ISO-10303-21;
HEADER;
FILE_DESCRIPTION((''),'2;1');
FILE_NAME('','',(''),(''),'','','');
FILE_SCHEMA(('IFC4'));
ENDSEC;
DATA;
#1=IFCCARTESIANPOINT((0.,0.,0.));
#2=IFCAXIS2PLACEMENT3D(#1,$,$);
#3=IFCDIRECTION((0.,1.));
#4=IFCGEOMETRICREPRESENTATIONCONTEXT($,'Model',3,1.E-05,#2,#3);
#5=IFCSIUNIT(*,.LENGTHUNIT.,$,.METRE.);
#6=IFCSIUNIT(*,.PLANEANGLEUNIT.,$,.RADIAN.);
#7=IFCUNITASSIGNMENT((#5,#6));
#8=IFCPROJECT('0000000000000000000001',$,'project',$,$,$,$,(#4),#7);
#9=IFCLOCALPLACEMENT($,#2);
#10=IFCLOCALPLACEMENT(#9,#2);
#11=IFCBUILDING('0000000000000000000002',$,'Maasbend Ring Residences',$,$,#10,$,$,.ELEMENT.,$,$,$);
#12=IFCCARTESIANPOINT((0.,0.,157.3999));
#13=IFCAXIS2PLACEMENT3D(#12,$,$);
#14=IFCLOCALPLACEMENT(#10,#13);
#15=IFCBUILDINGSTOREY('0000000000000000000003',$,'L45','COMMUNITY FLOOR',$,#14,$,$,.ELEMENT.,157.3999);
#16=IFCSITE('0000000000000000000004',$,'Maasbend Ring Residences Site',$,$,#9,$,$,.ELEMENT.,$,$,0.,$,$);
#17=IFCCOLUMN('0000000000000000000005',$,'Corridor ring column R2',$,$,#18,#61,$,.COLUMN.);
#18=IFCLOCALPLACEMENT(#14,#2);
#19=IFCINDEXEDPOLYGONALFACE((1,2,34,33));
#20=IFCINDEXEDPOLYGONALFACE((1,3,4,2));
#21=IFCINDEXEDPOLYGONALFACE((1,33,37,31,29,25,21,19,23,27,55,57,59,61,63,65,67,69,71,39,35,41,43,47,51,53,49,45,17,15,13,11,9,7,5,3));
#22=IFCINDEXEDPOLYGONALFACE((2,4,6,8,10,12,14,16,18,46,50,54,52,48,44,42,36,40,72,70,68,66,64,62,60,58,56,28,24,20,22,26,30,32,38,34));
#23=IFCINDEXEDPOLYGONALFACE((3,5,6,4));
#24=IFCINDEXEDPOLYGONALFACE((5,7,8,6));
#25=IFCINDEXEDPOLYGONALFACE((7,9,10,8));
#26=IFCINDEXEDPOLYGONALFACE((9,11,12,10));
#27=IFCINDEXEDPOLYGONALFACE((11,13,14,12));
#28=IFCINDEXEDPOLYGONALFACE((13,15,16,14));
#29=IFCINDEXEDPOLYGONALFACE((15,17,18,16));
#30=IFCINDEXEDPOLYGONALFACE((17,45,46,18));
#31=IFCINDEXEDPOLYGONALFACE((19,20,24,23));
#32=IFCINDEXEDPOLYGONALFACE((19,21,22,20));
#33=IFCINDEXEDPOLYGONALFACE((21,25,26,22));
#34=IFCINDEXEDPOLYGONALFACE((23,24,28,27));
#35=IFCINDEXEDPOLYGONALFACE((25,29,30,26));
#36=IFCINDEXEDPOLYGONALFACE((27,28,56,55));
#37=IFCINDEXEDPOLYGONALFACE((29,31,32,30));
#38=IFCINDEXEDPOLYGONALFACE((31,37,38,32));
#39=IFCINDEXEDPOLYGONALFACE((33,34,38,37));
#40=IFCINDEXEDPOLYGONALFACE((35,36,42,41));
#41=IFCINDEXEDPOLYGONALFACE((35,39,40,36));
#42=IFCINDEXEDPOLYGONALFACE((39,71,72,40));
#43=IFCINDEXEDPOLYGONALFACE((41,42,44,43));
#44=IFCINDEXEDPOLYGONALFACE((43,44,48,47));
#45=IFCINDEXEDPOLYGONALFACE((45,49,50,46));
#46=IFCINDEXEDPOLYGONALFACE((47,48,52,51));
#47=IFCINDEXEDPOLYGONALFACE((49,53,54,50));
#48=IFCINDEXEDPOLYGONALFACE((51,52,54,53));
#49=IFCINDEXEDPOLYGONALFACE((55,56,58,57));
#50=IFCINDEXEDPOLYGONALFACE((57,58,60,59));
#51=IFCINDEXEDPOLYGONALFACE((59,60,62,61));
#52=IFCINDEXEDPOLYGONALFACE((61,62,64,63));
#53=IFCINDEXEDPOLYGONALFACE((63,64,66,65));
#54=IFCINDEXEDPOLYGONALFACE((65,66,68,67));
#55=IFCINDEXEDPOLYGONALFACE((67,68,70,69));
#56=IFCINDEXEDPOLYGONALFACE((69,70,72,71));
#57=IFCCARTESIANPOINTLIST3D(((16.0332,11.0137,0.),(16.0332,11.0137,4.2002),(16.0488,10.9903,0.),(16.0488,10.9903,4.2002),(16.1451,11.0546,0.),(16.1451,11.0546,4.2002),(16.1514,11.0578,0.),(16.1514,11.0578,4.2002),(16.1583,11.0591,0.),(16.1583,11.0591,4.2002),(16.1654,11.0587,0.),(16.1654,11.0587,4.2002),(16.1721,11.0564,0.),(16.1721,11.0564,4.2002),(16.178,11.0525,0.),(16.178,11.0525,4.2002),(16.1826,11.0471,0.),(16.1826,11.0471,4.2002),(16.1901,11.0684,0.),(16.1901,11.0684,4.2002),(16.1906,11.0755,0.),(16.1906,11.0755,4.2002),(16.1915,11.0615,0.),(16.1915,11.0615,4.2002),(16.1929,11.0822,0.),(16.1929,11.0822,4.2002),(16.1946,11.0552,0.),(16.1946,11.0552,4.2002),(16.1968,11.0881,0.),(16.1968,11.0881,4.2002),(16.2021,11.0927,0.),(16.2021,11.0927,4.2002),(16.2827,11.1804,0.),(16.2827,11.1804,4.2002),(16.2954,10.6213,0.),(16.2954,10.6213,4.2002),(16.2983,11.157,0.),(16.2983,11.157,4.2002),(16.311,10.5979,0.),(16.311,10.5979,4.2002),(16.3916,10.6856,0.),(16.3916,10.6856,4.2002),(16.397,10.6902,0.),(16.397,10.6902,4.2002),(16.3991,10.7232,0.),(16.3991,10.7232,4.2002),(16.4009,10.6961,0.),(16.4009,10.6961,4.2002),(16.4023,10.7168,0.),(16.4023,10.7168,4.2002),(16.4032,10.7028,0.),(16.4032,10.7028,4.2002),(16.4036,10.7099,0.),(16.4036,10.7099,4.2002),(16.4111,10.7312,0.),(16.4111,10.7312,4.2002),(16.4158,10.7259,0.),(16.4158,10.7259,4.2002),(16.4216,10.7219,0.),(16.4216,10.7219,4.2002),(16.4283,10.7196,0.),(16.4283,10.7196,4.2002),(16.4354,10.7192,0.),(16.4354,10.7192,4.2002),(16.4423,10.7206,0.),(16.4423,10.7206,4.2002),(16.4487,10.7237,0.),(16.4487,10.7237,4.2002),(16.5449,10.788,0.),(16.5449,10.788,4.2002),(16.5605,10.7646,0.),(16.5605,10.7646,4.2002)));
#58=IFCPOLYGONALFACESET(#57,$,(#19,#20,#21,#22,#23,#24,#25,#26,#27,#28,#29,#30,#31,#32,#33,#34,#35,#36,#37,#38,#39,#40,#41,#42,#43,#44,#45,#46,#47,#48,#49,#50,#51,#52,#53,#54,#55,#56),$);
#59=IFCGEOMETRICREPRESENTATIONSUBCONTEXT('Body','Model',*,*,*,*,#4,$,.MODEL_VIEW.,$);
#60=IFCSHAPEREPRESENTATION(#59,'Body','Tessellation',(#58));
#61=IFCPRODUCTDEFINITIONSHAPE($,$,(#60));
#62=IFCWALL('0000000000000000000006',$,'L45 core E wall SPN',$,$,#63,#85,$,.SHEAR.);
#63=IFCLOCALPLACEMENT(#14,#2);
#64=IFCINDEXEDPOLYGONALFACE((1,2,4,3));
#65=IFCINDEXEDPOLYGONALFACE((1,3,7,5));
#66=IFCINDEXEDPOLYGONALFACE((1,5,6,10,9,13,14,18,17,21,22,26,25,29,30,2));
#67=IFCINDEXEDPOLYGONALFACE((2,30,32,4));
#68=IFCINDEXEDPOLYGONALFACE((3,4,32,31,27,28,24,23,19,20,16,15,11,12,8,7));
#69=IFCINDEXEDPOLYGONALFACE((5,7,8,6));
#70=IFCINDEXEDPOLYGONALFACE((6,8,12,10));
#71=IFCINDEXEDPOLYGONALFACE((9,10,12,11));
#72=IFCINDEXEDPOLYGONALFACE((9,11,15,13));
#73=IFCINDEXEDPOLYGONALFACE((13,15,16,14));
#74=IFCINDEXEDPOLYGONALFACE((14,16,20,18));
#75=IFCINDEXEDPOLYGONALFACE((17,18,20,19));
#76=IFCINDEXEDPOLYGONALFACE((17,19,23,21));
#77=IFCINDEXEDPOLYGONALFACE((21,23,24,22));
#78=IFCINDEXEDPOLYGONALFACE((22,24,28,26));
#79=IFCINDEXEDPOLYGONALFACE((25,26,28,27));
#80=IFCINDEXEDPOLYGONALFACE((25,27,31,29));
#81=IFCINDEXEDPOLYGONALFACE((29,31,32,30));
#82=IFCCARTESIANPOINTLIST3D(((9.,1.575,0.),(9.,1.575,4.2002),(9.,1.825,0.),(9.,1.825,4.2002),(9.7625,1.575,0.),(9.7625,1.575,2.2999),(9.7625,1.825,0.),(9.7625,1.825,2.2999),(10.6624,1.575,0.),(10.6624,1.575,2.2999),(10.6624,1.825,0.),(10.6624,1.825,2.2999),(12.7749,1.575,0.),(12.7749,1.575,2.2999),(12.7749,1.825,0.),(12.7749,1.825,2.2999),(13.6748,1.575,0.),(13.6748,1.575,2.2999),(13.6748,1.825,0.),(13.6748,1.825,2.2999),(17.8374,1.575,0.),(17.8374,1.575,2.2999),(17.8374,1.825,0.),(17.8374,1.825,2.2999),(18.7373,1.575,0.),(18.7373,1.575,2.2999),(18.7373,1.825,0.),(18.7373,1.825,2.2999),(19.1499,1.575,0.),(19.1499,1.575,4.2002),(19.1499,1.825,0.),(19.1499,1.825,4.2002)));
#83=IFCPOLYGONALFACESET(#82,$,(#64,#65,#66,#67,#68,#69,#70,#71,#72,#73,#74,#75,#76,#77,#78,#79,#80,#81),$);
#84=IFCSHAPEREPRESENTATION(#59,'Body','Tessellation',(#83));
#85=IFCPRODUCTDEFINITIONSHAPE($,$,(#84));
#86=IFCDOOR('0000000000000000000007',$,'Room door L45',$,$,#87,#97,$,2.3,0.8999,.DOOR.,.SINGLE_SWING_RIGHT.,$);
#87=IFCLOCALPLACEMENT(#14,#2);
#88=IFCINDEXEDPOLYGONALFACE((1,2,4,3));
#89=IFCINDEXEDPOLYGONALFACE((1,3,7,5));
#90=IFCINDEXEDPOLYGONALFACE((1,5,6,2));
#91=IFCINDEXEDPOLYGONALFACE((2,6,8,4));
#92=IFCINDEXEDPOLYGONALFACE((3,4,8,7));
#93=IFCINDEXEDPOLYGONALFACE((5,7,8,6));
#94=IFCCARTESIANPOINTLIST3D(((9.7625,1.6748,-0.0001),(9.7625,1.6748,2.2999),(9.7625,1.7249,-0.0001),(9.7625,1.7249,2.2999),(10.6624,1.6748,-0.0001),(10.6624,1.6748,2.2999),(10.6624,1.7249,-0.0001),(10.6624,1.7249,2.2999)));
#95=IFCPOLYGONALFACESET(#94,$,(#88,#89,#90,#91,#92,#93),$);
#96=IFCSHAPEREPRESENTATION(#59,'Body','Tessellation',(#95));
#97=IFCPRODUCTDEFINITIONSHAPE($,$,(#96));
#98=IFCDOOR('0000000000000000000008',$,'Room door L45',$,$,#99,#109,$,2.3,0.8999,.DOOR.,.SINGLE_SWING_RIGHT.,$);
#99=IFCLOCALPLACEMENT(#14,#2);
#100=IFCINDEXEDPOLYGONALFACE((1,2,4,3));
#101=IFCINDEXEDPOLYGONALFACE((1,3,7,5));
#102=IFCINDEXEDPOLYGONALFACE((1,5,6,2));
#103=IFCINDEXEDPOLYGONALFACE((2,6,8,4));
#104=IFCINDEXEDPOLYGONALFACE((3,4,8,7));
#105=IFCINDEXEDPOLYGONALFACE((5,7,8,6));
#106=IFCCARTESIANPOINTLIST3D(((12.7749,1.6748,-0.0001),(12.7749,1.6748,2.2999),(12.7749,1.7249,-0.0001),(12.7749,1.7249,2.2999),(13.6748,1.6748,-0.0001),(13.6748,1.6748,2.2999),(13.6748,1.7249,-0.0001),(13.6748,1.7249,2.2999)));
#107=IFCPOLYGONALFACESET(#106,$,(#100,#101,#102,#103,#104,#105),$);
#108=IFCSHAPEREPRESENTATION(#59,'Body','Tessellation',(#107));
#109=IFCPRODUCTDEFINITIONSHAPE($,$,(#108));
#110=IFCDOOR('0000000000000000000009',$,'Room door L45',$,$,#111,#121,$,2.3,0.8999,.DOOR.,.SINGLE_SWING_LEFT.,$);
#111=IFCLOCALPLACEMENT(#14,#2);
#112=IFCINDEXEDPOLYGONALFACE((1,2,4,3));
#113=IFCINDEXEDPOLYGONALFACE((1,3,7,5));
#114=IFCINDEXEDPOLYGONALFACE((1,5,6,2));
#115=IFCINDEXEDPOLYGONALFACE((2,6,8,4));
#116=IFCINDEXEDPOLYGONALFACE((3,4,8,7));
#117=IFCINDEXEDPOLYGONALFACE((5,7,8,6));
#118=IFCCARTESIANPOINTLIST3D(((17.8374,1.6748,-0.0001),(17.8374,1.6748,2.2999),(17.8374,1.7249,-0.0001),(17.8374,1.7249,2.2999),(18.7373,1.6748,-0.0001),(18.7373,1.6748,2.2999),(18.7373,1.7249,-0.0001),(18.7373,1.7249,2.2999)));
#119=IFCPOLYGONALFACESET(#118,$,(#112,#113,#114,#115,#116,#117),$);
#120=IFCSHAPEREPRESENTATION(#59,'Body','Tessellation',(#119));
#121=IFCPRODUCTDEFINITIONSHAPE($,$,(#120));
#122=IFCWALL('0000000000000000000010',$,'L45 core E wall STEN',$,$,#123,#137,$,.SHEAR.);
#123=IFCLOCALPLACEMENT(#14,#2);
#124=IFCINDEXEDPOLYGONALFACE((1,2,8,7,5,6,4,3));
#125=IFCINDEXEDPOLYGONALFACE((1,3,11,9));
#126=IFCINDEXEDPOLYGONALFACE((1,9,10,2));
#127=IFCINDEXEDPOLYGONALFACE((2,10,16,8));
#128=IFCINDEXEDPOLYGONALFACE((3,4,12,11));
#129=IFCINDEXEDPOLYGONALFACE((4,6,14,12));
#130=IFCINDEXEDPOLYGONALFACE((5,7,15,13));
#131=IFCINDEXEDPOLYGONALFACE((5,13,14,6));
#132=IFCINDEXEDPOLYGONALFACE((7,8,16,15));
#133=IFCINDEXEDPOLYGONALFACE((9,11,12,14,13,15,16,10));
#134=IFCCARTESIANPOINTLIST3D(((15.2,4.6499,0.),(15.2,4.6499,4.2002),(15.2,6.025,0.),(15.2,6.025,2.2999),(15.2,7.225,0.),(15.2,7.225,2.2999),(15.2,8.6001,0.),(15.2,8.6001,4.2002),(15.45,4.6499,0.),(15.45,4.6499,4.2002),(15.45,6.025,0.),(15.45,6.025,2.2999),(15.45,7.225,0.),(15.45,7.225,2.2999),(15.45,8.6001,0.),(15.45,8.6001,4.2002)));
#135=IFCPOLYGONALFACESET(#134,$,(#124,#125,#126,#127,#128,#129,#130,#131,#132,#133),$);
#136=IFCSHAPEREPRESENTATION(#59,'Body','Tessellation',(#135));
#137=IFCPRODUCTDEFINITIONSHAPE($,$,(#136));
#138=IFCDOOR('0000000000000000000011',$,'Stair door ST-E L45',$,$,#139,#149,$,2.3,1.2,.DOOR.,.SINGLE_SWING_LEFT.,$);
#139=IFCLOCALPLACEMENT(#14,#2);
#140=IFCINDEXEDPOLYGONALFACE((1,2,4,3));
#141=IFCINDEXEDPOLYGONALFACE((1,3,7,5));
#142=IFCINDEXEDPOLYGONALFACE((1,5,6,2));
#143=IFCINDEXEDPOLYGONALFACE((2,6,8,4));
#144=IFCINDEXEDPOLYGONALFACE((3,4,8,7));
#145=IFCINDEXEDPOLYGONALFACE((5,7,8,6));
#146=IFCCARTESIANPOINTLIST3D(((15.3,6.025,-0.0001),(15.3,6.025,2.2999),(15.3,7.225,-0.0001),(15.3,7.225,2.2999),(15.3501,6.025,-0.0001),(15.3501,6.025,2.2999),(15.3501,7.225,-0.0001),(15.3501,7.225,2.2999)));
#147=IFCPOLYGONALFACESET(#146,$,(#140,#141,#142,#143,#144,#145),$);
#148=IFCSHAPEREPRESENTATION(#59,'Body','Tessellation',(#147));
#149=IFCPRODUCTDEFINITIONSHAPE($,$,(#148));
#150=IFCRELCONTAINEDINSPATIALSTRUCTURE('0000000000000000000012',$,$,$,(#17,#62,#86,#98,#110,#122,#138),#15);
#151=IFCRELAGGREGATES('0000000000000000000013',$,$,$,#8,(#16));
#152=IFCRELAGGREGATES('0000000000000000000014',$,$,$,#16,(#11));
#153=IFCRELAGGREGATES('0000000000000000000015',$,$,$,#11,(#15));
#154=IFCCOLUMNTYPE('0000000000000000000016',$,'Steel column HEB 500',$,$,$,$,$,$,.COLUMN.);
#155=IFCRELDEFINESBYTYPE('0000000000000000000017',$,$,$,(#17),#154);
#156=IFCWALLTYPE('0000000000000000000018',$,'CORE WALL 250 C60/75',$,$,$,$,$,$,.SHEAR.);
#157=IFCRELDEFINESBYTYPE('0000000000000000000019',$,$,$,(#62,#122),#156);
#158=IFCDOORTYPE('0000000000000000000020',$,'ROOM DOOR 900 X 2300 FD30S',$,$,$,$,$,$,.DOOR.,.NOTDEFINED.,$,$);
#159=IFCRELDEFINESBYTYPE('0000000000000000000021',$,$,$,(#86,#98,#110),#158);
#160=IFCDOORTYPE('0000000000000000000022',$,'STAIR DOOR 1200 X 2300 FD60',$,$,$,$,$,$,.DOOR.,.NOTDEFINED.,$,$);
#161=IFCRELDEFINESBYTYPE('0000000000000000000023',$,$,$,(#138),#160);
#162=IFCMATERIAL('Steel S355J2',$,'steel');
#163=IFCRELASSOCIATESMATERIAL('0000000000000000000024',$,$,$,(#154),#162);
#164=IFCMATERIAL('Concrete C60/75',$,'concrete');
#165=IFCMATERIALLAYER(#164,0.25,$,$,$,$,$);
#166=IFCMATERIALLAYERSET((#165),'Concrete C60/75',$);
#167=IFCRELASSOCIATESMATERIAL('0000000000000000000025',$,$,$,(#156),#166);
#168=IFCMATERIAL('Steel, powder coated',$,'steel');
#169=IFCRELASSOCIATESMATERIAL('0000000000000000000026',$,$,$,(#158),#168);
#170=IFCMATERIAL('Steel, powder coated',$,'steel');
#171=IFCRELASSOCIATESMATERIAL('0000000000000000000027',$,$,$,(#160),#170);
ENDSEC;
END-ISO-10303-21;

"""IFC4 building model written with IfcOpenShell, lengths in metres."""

from ifc_helpers import new_model, si_unit, direction, frame, frame_2d, origin, origin_2d, place, context, subcontext, project, spatial, rectangle, i_section, extrude, material, layer, layer_set, material_profile, profile_set, type_object, element, fill, save


model = new_model("IFC4")

# Units and contexts
model_context = context("Model", 3, precision=1e-05, world=origin(), true_north=direction((0.0, 1.0)))
body_context = subcontext(model_context, "Body", "Model", "MODEL_VIEW")
ifc_project = project(units=[si_unit("LENGTHUNIT", "METRE"), si_unit("PLANEANGLEUNIT", "RADIAN")], contexts=[model_context])

# Site, building, storey
site_placement = place(None, origin())
site = spatial("IfcSite", under=ifc_project, at=site_placement, Name="Maasbend Ring Residences Site", CompositionType="ELEMENT", RefElevation=0.0)
building_placement = place(site_placement, origin())
building = spatial("IfcBuilding", under=site, at=building_placement, Name="Maasbend Ring Residences", CompositionType="ELEMENT")
storey_placement = place(building_placement, frame((0.0, 0.0, 157.3999)))
storey = spatial("IfcBuildingStorey", under=building, at=storey_placement, Name="L45", Description="COMMUNITY FLOOR", CompositionType="ELEMENT", Elevation=157.3999)

# Column
ifc_material_1 = material(Name="Steel S355J2", Category="steel")
ifc_material_profile = material_profile(ifc_material_1, i_section(OverallWidth=0.3, OverallDepth=0.5, WebThickness=0.0144, FlangeThickness=0.0281, FilletRadius=0.0271, at=origin_2d()), Name="HEB 500")
ifc_profile_set = profile_set([ifc_material_profile], Name="Steel S355J2")
column_type = type_object("IfcColumnType", Name="Steel column HEB 500", PredefinedType="COLUMN", material=ifc_profile_set)
column_placement = place(storey_placement, frame((16.2969, 10.8892, 0.0), z_axis=(0.0, 0.0, 1.0), x_axis=(0.83147, 0.55557, 0.0)))
element("IfcColumn", 1, at=column_placement, inside=storey, type_object=column_type, Name="Corridor ring column R2", PredefinedType="COLUMN", context=body_context, shape_type="SweptSolid", body=[
    extrude(i_section(OverallWidth=0.3, OverallDepth=0.5, WebThickness=0.0144, FlangeThickness=0.0281, FilletRadius=0.0271, at=origin_2d()), origin(), (0.0, 0.0, 1.0), 4.2002),
])

# Wall, openings, doors
ifc_material_2 = material(Name="Concrete C60/75", Category="concrete")
ifc_layer_1 = layer(ifc_material_2, 0.25)
ifc_layer_set_1 = layer_set([ifc_layer_1], Name="Concrete C60/75")
wall_type_1 = type_object("IfcWallType", Name="CORE WALL 250 C60/75", PredefinedType="SHEAR", material=ifc_layer_set_1)
wall_1_placement = place(storey_placement, frame((9.0, 1.7, 0.0), z_axis=(0.0, 0.0, 1.0), x_axis=(1.0, 0.0, 0.0)))
wall_1 = element("IfcWall", 2, at=wall_1_placement, inside=storey, type_object=wall_type_1, Name="L45 core E wall SPN", PredefinedType="SHEAR", context=body_context, shape_type="SweptSolid", body=[
    extrude(rectangle(XDim=10.1499, YDim=0.25, at=frame_2d((5.075, 0.0))), origin(), (0.0, 0.0, 1.0), 4.2002),
])
opening_1_placement = place(wall_1_placement, frame((0.7625, 0.0, 0.0)))
opening_1 = element("IfcOpeningElement", 3, at=opening_1_placement, cuts=wall_1, PredefinedType="OPENING", context=body_context, shape_type="SweptSolid", body=[
    extrude(rectangle(XDim=0.8999, YDim=2.3, at=frame_2d((0.45, 1.1499))), frame((0.0, 0.135, 0.0), z_axis=(0.0, -1.0, 0.0), x_axis=(1.0, 0.0, 0.0)), (0.0, 0.0, 1.0), 0.27),
])
opening_2_placement = place(wall_1_placement, frame((3.7749, 0.0, 0.0)))
opening_2 = element("IfcOpeningElement", 4, at=opening_2_placement, cuts=wall_1, PredefinedType="OPENING", context=body_context, shape_type="SweptSolid", body=[
    extrude(rectangle(XDim=0.8999, YDim=2.3, at=frame_2d((0.45, 1.1499))), frame((0.0, 0.135, 0.0), z_axis=(0.0, -1.0, 0.0), x_axis=(1.0, 0.0, 0.0)), (0.0, 0.0, 1.0), 0.27),
])
opening_3_placement = place(wall_1_placement, frame((8.8374, 0.0, 0.0)))
opening_3 = element("IfcOpeningElement", 5, at=opening_3_placement, cuts=wall_1, PredefinedType="OPENING", context=body_context, shape_type="SweptSolid", body=[
    extrude(rectangle(XDim=0.8999, YDim=2.3, at=frame_2d((0.45, 1.1499))), frame((0.0, 0.135, 0.0), z_axis=(0.0, -1.0, 0.0), x_axis=(1.0, 0.0, 0.0)), (0.0, 0.0, 1.0), 0.27),
])
ifc_material_3 = material(Name="Steel, powder coated", Category="steel")
door_type_1 = type_object("IfcDoorType", Name="ROOM DOOR 900 X 2300 FD30S", OperationType="NOTDEFINED", PredefinedType="DOOR", material=ifc_material_3)
door_1_placement = place(opening_1_placement, origin())
door_1 = element("IfcDoor", 6, at=door_1_placement, inside=storey, type_object=door_type_1, Name="Room door L45", OperationType="SINGLE_SWING_RIGHT", OverallHeight=2.3, OverallWidth=0.8999, PredefinedType="DOOR", context=body_context, shape_type="SweptSolid", body=[
    extrude(rectangle(XDim=0.8999, YDim=2.3, at=frame_2d((0.45, 1.1499))), frame((0.0, 0.0249, 0.0), z_axis=(0.0, -1.0, 0.0), x_axis=(1.0, 0.0, 0.0)), (0.0, 0.0, 1.0), 0.05),
])
fill(opening_1, door_1)
door_2_placement = place(opening_2_placement, origin())
door_2 = element("IfcDoor", 7, at=door_2_placement, inside=storey, type_object=door_type_1, Name="Room door L45", OperationType="SINGLE_SWING_RIGHT", OverallHeight=2.3, OverallWidth=0.8999, PredefinedType="DOOR", context=body_context, shape_type="SweptSolid", body=[
    extrude(rectangle(XDim=0.8999, YDim=2.3, at=frame_2d((0.45, 1.1499))), frame((0.0, 0.0249, 0.0), z_axis=(0.0, -1.0, 0.0), x_axis=(1.0, 0.0, 0.0)), (0.0, 0.0, 1.0), 0.05),
])
fill(opening_2, door_2)
door_3_placement = place(opening_3_placement, origin())
door_3 = element("IfcDoor", 8, at=door_3_placement, inside=storey, type_object=door_type_1, Name="Room door L45", OperationType="SINGLE_SWING_LEFT", OverallHeight=2.3, OverallWidth=0.8999, PredefinedType="DOOR", context=body_context, shape_type="SweptSolid", body=[
    extrude(rectangle(XDim=0.8999, YDim=2.3, at=frame_2d((0.45, 1.1499))), frame((0.0, 0.0249, 0.0), z_axis=(0.0, -1.0, 0.0), x_axis=(1.0, 0.0, 0.0)), (0.0, 0.0, 1.0), 0.05),
])
fill(opening_3, door_3)

# Wall, opening, door
wall_2_placement = place(storey_placement, frame((15.325, 4.6499, 0.0), z_axis=(0.0, 0.0, 1.0), x_axis=(0.0, 1.0, 0.0)))
wall_2 = element("IfcWall", 9, at=wall_2_placement, inside=storey, type_object=wall_type_1, Name="L45 core E wall STEN", PredefinedType="SHEAR", context=body_context, shape_type="SweptSolid", body=[
    extrude(rectangle(XDim=3.9502, YDim=0.25, at=frame_2d((1.9751, 0.0))), origin(), (0.0, 0.0, 1.0), 4.2002),
])
opening_4_placement = place(wall_2_placement, frame((1.375, 0.0, 0.0)))
opening_4 = element("IfcOpeningElement", 10, at=opening_4_placement, cuts=wall_2, PredefinedType="OPENING", context=body_context, shape_type="SweptSolid", body=[
    extrude(rectangle(XDim=1.2, YDim=2.3, at=frame_2d((0.6001, 1.1499))), frame((0.0, 0.135, 0.0), z_axis=(0.0, -1.0, 0.0), x_axis=(1.0, 0.0, 0.0)), (0.0, 0.0, 1.0), 0.27),
])
ifc_material_4 = material(Name="Steel, powder coated", Category="steel")
door_type_2 = type_object("IfcDoorType", Name="STAIR DOOR 1200 X 2300 FD60", OperationType="NOTDEFINED", PredefinedType="DOOR", material=ifc_material_4)
door_4_placement = place(opening_4_placement, origin())
door_4 = element("IfcDoor", 11, at=door_4_placement, inside=storey, type_object=door_type_2, Name="Stair door ST-E L45", OperationType="SINGLE_SWING_LEFT", OverallHeight=2.3, OverallWidth=1.2, PredefinedType="DOOR", context=body_context, shape_type="SweptSolid", body=[
    extrude(rectangle(XDim=1.2, YDim=2.3, at=frame_2d((0.6001, 1.1499))), frame((0.0, 0.0249, 0.0), z_axis=(0.0, -1.0, 0.0), x_axis=(1.0, 0.0, 0.0)), (0.0, 0.0, 1.0), 0.05),
])
fill(opening_4, door_4)

save(model, "model.ifc")
